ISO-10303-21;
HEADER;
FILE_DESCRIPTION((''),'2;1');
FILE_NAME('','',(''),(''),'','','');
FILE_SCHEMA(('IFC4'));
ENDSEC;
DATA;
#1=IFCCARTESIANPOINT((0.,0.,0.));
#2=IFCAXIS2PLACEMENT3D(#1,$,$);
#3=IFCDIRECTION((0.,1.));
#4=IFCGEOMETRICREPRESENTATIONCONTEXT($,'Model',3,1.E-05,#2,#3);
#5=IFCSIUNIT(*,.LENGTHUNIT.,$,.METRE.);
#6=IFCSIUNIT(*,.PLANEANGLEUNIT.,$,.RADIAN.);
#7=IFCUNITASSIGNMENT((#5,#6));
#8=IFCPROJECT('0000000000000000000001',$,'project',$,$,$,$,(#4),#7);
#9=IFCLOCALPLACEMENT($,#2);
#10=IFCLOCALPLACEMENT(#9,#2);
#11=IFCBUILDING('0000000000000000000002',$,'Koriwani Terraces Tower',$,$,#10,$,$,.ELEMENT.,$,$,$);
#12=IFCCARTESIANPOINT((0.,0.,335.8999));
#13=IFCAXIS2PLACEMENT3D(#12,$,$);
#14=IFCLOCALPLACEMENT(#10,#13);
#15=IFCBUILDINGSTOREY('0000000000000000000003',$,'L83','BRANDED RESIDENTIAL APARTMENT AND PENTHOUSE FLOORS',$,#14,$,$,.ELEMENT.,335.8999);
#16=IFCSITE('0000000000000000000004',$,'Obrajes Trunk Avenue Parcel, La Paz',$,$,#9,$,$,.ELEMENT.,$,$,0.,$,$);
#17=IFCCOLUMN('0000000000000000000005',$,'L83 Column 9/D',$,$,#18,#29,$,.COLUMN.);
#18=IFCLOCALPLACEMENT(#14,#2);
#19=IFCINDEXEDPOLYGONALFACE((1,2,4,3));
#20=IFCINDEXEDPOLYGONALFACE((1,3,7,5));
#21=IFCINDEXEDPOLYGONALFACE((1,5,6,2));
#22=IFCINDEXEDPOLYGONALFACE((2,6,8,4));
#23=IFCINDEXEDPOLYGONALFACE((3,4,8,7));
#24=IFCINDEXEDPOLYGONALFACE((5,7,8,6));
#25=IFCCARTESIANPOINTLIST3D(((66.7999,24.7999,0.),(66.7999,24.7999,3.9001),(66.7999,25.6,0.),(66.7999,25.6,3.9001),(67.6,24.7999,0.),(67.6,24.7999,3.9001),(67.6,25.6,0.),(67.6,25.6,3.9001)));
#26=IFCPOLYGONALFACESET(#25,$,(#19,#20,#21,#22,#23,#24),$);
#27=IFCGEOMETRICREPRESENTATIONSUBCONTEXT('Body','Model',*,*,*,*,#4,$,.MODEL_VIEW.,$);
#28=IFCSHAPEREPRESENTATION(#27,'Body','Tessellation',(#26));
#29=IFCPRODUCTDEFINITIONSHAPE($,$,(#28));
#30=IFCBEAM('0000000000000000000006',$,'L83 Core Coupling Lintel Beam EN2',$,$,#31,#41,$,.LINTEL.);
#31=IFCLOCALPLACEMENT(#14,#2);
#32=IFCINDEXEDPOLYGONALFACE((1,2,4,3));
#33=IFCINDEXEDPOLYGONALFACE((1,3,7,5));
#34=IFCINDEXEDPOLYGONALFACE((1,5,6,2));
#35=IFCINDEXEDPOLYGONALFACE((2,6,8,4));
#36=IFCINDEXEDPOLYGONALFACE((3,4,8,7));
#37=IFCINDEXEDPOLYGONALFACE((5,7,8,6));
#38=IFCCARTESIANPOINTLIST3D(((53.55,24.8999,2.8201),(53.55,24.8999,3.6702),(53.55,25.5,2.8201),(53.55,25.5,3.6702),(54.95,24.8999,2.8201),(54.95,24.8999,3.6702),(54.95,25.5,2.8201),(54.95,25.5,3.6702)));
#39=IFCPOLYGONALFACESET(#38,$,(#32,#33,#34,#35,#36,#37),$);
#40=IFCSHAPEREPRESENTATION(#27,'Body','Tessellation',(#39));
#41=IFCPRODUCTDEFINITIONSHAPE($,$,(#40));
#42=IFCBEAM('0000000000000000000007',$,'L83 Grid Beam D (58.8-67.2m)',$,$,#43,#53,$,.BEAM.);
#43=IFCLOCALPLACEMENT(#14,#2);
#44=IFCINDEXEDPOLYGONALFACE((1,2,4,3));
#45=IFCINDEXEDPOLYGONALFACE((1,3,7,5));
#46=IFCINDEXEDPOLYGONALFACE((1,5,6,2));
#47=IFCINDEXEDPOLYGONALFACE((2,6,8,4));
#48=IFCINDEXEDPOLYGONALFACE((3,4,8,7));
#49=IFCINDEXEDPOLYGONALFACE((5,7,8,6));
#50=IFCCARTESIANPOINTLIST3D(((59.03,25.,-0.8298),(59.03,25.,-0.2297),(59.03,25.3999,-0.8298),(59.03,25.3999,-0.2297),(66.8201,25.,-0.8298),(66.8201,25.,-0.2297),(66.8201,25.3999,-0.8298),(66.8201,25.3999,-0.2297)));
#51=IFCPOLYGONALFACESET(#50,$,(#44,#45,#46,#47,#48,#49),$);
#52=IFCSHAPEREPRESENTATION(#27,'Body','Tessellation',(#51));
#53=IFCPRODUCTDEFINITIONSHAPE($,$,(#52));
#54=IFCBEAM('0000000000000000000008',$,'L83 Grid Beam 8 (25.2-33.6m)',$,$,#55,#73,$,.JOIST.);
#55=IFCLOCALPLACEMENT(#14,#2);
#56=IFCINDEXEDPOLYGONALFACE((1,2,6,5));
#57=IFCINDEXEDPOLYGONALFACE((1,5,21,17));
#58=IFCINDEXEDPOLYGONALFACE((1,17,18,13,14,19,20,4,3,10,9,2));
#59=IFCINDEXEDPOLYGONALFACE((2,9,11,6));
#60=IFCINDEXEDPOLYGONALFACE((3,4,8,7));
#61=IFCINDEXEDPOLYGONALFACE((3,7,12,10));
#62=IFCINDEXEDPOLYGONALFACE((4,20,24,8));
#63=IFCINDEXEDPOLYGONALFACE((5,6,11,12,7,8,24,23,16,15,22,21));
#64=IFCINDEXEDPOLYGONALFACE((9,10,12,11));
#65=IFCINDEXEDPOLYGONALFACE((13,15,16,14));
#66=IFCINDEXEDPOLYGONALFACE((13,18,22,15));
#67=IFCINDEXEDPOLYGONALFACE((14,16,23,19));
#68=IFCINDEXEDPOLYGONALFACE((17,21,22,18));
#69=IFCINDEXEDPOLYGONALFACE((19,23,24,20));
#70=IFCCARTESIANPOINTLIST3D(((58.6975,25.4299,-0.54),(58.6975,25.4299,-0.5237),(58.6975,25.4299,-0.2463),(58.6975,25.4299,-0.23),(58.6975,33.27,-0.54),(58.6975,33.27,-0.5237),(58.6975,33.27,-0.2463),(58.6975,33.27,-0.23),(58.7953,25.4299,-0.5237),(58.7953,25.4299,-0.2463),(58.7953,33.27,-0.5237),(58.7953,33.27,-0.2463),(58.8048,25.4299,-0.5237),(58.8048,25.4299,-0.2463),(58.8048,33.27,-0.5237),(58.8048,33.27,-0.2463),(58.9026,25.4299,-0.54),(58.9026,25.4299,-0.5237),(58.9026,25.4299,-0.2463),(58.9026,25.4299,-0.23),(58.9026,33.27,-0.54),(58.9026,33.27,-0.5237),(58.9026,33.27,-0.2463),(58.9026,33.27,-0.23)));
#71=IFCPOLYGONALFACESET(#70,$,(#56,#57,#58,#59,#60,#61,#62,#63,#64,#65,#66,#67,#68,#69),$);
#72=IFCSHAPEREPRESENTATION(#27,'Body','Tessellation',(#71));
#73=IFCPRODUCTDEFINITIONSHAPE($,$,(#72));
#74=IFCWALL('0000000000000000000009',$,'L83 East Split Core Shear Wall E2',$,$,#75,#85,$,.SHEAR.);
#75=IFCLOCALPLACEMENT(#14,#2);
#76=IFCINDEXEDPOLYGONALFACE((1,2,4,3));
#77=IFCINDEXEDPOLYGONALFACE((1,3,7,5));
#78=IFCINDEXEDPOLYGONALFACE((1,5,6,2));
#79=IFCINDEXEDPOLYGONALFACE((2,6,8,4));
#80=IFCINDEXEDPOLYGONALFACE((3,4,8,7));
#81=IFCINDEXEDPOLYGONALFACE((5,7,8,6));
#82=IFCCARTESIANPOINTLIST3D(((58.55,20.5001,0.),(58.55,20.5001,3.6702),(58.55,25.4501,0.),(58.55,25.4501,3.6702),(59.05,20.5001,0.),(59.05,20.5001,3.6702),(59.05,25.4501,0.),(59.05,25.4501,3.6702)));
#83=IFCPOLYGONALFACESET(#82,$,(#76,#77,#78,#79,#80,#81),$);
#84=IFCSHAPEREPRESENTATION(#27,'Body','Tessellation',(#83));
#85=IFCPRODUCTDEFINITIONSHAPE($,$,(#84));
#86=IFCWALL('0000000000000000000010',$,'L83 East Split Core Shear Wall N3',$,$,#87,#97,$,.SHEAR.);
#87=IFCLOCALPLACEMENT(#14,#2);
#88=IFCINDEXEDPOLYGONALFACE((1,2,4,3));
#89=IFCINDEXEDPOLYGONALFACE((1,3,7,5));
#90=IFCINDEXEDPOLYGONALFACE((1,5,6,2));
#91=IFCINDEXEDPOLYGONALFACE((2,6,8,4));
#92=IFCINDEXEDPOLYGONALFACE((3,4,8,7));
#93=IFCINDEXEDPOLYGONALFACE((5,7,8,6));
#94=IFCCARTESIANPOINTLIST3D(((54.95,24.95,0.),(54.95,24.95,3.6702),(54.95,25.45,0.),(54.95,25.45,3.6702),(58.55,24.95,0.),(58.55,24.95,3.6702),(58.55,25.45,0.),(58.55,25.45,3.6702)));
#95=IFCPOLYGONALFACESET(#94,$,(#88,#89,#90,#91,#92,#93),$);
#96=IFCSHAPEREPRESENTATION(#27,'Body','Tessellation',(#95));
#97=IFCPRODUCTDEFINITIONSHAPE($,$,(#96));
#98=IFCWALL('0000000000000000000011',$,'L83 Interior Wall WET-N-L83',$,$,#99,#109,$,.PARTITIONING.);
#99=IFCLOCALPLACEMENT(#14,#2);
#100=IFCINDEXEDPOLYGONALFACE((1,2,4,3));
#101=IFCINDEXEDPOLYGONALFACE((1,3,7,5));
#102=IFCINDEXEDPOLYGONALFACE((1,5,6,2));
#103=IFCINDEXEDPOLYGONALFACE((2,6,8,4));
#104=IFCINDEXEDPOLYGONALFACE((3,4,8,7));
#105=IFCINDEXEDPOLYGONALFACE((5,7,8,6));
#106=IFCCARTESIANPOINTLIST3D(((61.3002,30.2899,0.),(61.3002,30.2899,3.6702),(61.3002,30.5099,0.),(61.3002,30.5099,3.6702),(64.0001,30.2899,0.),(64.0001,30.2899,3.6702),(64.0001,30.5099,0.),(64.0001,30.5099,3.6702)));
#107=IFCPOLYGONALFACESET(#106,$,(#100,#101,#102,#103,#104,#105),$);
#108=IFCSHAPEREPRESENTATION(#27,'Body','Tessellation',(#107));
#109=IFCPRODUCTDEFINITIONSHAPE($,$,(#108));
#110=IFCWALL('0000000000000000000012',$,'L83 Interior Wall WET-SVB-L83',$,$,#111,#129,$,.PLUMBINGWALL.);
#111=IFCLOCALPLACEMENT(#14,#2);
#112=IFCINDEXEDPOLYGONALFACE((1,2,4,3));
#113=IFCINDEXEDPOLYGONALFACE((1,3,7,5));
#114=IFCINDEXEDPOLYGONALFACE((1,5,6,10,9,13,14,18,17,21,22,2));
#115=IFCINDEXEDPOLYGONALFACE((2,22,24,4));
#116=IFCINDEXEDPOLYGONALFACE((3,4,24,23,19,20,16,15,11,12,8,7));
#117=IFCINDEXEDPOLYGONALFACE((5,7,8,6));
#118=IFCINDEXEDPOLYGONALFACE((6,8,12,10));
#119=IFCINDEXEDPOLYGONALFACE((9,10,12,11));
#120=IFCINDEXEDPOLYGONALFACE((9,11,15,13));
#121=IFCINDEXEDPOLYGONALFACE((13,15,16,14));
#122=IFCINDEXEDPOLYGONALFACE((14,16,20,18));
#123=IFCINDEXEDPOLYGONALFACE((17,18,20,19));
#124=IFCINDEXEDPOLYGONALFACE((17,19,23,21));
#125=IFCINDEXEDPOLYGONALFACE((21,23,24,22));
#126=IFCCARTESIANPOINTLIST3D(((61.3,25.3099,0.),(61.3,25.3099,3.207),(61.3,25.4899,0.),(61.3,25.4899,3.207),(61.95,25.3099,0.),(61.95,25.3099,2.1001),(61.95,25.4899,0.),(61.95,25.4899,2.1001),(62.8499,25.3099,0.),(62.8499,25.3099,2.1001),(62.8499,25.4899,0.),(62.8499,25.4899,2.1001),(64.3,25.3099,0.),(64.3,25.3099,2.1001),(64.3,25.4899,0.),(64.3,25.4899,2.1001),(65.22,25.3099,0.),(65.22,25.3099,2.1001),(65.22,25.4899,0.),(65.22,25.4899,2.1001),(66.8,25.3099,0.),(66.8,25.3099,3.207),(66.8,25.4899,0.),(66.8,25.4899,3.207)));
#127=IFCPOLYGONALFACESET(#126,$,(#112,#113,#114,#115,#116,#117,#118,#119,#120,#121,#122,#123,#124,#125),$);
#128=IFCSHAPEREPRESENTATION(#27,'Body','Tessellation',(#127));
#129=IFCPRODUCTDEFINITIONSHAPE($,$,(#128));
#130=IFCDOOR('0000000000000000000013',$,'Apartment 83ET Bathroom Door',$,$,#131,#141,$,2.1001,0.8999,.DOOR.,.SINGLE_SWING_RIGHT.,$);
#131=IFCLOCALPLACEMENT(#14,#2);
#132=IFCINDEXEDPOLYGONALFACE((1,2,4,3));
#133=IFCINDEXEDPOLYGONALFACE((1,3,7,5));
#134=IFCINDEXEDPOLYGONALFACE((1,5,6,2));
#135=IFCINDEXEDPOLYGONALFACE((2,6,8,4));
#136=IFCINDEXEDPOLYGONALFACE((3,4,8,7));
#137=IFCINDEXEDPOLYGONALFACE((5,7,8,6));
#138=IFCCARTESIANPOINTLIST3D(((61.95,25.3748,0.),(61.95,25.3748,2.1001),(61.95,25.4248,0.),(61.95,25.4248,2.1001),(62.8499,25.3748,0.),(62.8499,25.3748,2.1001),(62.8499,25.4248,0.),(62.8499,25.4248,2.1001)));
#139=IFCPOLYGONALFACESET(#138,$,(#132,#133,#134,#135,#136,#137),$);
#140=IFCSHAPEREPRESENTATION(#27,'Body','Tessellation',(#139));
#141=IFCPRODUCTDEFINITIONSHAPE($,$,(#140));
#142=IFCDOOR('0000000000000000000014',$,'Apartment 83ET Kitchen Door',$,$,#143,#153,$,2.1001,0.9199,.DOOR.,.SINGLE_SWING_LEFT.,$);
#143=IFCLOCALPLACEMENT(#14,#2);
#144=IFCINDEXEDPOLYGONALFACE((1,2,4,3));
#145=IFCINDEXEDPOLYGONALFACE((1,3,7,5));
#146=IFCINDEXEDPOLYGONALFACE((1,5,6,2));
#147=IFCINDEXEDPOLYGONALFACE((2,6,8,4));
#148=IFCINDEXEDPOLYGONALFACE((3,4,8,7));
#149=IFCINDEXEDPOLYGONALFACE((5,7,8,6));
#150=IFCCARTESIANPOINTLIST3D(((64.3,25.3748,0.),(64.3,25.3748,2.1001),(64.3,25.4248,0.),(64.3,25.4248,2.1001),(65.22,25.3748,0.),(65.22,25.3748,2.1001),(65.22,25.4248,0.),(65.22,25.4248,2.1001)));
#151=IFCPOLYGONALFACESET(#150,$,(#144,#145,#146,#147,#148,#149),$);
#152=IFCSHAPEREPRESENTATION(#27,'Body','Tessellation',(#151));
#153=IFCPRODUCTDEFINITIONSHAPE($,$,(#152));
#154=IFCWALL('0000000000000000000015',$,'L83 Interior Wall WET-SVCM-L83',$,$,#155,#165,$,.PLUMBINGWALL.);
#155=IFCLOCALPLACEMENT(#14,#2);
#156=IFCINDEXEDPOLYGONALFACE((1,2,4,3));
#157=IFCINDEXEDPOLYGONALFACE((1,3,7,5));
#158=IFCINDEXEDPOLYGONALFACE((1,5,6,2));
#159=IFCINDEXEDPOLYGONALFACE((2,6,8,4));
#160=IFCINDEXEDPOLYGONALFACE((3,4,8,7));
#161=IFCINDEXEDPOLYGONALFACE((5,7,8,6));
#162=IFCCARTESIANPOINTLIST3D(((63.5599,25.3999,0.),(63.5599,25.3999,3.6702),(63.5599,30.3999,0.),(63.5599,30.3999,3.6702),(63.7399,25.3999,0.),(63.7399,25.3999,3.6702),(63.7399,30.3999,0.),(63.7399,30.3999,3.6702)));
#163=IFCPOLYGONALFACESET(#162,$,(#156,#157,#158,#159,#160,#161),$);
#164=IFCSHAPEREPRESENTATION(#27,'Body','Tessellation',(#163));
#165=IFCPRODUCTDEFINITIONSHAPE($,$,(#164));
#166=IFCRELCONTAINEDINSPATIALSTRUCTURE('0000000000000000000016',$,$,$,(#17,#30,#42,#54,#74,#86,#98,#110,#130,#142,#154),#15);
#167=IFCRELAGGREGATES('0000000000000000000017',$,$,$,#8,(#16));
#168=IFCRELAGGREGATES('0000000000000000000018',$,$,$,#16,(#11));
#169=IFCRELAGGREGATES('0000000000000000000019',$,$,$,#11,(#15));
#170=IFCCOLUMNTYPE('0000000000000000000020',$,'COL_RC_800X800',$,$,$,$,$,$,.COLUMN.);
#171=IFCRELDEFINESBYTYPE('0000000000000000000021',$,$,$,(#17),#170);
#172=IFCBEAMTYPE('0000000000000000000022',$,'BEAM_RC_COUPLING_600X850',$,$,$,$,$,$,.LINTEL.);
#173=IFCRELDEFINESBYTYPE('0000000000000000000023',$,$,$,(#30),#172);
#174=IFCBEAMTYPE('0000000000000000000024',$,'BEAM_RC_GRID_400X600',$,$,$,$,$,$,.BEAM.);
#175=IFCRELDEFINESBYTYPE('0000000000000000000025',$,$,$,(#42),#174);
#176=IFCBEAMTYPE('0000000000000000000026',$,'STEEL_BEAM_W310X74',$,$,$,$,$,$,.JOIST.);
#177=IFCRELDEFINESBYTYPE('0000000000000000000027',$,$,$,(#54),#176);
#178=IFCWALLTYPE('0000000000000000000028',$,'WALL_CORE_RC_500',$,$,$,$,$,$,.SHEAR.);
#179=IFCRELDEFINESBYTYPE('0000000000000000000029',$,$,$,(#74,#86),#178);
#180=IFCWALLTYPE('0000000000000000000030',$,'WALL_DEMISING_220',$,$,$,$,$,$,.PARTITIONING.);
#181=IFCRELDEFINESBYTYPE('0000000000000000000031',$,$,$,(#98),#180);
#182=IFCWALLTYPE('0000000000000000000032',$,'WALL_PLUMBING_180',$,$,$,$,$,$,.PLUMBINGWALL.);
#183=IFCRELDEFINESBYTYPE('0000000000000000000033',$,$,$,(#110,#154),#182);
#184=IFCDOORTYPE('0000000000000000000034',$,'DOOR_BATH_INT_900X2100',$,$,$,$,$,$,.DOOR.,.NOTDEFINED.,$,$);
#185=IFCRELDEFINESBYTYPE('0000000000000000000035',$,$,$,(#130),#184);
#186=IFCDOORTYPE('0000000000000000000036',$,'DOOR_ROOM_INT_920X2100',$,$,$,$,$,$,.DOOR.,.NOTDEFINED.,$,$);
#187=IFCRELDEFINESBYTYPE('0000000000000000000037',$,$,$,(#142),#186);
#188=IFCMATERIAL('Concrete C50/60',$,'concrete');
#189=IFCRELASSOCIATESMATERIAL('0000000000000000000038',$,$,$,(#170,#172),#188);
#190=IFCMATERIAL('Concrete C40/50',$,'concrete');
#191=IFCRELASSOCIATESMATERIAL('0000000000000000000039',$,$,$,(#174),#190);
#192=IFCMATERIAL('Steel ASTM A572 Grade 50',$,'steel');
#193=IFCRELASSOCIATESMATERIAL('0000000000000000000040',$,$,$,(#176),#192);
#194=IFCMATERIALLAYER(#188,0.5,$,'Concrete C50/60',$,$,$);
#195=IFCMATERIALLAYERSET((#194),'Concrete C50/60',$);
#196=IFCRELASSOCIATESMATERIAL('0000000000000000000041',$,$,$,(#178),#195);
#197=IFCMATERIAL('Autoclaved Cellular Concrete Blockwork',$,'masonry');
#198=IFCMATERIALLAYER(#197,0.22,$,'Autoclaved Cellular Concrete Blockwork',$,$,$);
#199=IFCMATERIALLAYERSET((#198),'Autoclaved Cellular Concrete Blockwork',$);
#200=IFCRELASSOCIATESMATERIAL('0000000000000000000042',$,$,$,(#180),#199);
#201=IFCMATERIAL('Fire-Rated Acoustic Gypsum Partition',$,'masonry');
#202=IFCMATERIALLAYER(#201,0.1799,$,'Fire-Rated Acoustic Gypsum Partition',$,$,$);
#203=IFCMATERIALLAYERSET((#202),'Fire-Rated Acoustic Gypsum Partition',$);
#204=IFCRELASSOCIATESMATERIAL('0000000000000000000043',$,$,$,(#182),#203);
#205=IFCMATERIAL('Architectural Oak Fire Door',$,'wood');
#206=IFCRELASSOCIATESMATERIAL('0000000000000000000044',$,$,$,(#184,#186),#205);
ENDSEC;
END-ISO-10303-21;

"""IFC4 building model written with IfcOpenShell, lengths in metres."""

from ifc_helpers import new_model, si_unit, direction, frame, frame_2d, origin, origin_2d, place, context, subcontext, project, spatial, rectangle, i_section, extrude, material, layer, layer_set, material_profile, profile_set, type_object, element, fill, save


model = new_model("IFC4")

# Units and contexts
model_context = context("Model", 3, precision=1e-05, world=origin(), true_north=direction((0.0, 1.0)))
body_context = subcontext(model_context, "Body", "Model", "MODEL_VIEW")
ifc_project = project(units=[si_unit("LENGTHUNIT", "METRE"), si_unit("PLANEANGLEUNIT", "RADIAN")], contexts=[model_context])

# Site, building, storey
site_placement = place(None, origin())
site = spatial("IfcSite", under=ifc_project, at=site_placement, Name="Obrajes Trunk Avenue Parcel, La Paz", CompositionType="ELEMENT", RefElevation=0.0)
building_placement = place(site_placement, origin())
building = spatial("IfcBuilding", under=site, at=building_placement, Name="Koriwani Terraces Tower", CompositionType="ELEMENT")
storey_placement = place(building_placement, frame((0.0, 0.0, 335.8999)))
storey = spatial("IfcBuildingStorey", under=building, at=storey_placement, Name="L83", Description="BRANDED RESIDENTIAL APARTMENT AND PENTHOUSE FLOORS", CompositionType="ELEMENT", Elevation=335.8999)

# Column
ifc_material_1 = material(Name="Concrete C50/60", Category="concrete")
ifc_material_profile_1 = material_profile(ifc_material_1, rectangle(XDim=0.8, YDim=0.8, at=origin_2d()), Name="Concrete C50/60", Category="LoadBearing")
ifc_profile_set_1 = profile_set([ifc_material_profile_1], Name="Concrete C50/60")
column_type = type_object("IfcColumnType", Name="COL_RC_800X800", PredefinedType="COLUMN", material=ifc_profile_set_1)
column_placement = place(storey_placement, frame((67.2, 25.2, 0.0), z_axis=(0.0, 0.0, 1.0), x_axis=(1.0, 0.0, 0.0)))
element("IfcColumn", 1, at=column_placement, inside=storey, type_object=column_type, Name="L83 Column 9/D", PredefinedType="COLUMN", context=body_context, shape_type="SweptSolid", body=[
    extrude(rectangle(XDim=0.8, YDim=0.8, at=origin_2d()), origin(), (0.0, 0.0, 1.0), 3.9001),
])

# Beams
ifc_material_profile_2 = material_profile(ifc_material_1, rectangle(XDim=0.6001, YDim=0.8501, at=origin_2d()), Name="Concrete C50/60", Category="LoadBearing")
ifc_profile_set_2 = profile_set([ifc_material_profile_2], Name="Concrete C50/60")
beam_type_1 = type_object("IfcBeamType", Name="BEAM_RC_COUPLING_600X850", PredefinedType="LINTEL", material=ifc_profile_set_2)
beam_1_placement = place(storey_placement, frame((53.55, 25.2, 3.2451), z_axis=(1.0, 0.0, 0.0), x_axis=(0.0, 1.0, 0.0)))
element("IfcBeam", 2, at=beam_1_placement, inside=storey, type_object=beam_type_1, Name="L83 Core Coupling Lintel Beam EN2", PredefinedType="LINTEL", context=body_context, shape_type="SweptSolid", body=[
    extrude(rectangle(XDim=0.6001, YDim=0.8501, at=origin_2d()), origin(), (0.0, 0.0, 1.0), 1.3999),
])
ifc_material_2 = material(Name="Concrete C40/50", Category="concrete")
ifc_material_profile_3 = material_profile(ifc_material_2, rectangle(XDim=0.3999, YDim=0.6001, at=origin_2d()), Name="Concrete C40/50", Category="LoadBearing")
ifc_profile_set_3 = profile_set([ifc_material_profile_3], Name="Concrete C40/50")
beam_type_2 = type_object("IfcBeamType", Name="BEAM_RC_GRID_400X600", PredefinedType="BEAM", material=ifc_profile_set_3)
beam_2_placement = place(storey_placement, frame((59.03, 25.2, -0.5298), z_axis=(1.0, 0.0, 0.0), x_axis=(0.0, 1.0, 0.0)))
element("IfcBeam", 3, at=beam_2_placement, inside=storey, type_object=beam_type_2, Name="L83 Grid Beam D (58.8-67.2m)", PredefinedType="BEAM", context=body_context, shape_type="SweptSolid", body=[
    extrude(rectangle(XDim=0.3999, YDim=0.6001, at=origin_2d()), origin(), (0.0, 0.0, 1.0), 7.79),
])
ifc_material_3 = material(Name="Steel ASTM A572 Grade 50", Category="steel")
ifc_material_profile_4 = material_profile(ifc_material_3, i_section(OverallWidth=0.2051, OverallDepth=0.3101, WebThickness=0.0095, FlangeThickness=0.0164, at=origin_2d()), Name="Steel ASTM A572 Grade 50", Category="LoadBearing")
ifc_profile_set_4 = profile_set([ifc_material_profile_4], Name="Steel ASTM A572 Grade 50")
beam_type_3 = type_object("IfcBeamType", Name="STEEL_BEAM_W310X74", PredefinedType="JOIST", material=ifc_profile_set_4)
beam_3_placement = place(storey_placement, frame((58.8, 25.4299, -0.385), z_axis=(0.0, 1.0, 0.0), x_axis=(-1.0, 0.0, 0.0)))
element("IfcBeam", 4, at=beam_3_placement, inside=storey, type_object=beam_type_3, Name="L83 Grid Beam 8 (25.2-33.6m)", PredefinedType="JOIST", context=body_context, shape_type="SweptSolid", body=[
    extrude(i_section(OverallWidth=0.2051, OverallDepth=0.3101, WebThickness=0.0095, FlangeThickness=0.0164, at=origin_2d()), origin(), (0.0, 0.0, 1.0), 7.8401),
])

# Walls
ifc_layer_1 = layer(ifc_material_1, 0.5, Name="Concrete C50/60")
ifc_layer_set_1 = layer_set([ifc_layer_1], Name="Concrete C50/60")
wall_type_1 = type_object("IfcWallType", Name="WALL_CORE_RC_500", PredefinedType="SHEAR", material=ifc_layer_set_1)
wall_1_placement = place(storey_placement, frame((58.8, 20.5, 0.0), z_axis=(0.0, 0.0, 1.0), x_axis=(0.0, 1.0, 0.0)))
element("IfcWall", 5, at=wall_1_placement, inside=storey, type_object=wall_type_1, Name="L83 East Split Core Shear Wall E2", PredefinedType="SHEAR", context=body_context, shape_type="SweptSolid", body=[
    extrude(rectangle(XDim=4.95, YDim=0.5, at=frame_2d((2.4751, 0.0))), origin(), (0.0, 0.0, 1.0), 3.6702),
])
wall_2_placement = place(storey_placement, frame((54.95, 25.2, 0.0), z_axis=(0.0, 0.0, 1.0), x_axis=(1.0, 0.0, 0.0)))
element("IfcWall", 6, at=wall_2_placement, inside=storey, type_object=wall_type_1, Name="L83 East Split Core Shear Wall N3", PredefinedType="SHEAR", context=body_context, shape_type="SweptSolid", body=[
    extrude(rectangle(XDim=3.6001, YDim=0.5, at=frame_2d((1.8, 0.0))), origin(), (0.0, 0.0, 1.0), 3.6702),
])
ifc_material_4 = material(Name="Autoclaved Cellular Concrete Blockwork", Category="masonry")
ifc_layer_2 = layer(ifc_material_4, 0.22, Name="Autoclaved Cellular Concrete Blockwork")
ifc_layer_set_2 = layer_set([ifc_layer_2], Name="Autoclaved Cellular Concrete Blockwork")
wall_type_2 = type_object("IfcWallType", Name="WALL_DEMISING_220", PredefinedType="PARTITIONING", material=ifc_layer_set_2)
wall_3_placement = place(storey_placement, frame((61.3, 30.3999, 0.0), z_axis=(0.0, 0.0, 1.0), x_axis=(1.0, 0.0, 0.0)))
element("IfcWall", 7, at=wall_3_placement, inside=storey, type_object=wall_type_2, Name="L83 Interior Wall WET-N-L83", PredefinedType="PARTITIONING", context=body_context, shape_type="SweptSolid", body=[
    extrude(rectangle(XDim=2.7, YDim=0.22, at=frame_2d((1.3501, 0.0))), origin(), (0.0, 0.0, 1.0), 3.6702),
])

# Wall, openings, doors
ifc_material_5 = material(Name="Fire-Rated Acoustic Gypsum Partition", Category="masonry")
ifc_layer_3 = layer(ifc_material_5, 0.1799, Name="Fire-Rated Acoustic Gypsum Partition")
ifc_layer_set_3 = layer_set([ifc_layer_3], Name="Fire-Rated Acoustic Gypsum Partition")
wall_type_3 = type_object("IfcWallType", Name="WALL_PLUMBING_180", PredefinedType="PLUMBINGWALL", material=ifc_layer_set_3)
wall_4_placement = place(storey_placement, frame((61.3, 25.3999, 0.0), z_axis=(0.0, 0.0, 1.0), x_axis=(1.0, 0.0, 0.0)))
wall_4 = element("IfcWall", 8, at=wall_4_placement, inside=storey, type_object=wall_type_3, Name="L83 Interior Wall WET-SVB-L83", PredefinedType="PLUMBINGWALL", context=body_context, shape_type="SweptSolid", body=[
    extrude(rectangle(XDim=5.5, YDim=0.1799, at=frame_2d((2.75, 0.0))), origin(), (0.0, 0.0, 1.0), 3.207),
])
opening_1_placement = place(wall_4_placement, frame((0.6499, 0.0, 0.0)))
opening_1 = element("IfcOpeningElement", 9, at=opening_1_placement, cuts=wall_4, PredefinedType="OPENING", context=body_context, shape_type="SweptSolid", body=[
    extrude(rectangle(XDim=0.8999, YDim=2.1001, at=frame_2d((0.45, 1.05))), frame((0.0, 0.1001, 0.0), z_axis=(0.0, -1.0, 0.0), x_axis=(1.0, 0.0, 0.0)), (0.0, 0.0, 1.0), 0.2),
])
opening_2_placement = place(wall_4_placement, frame((3.0, 0.0, 0.0)))
opening_2 = element("IfcOpeningElement", 10, at=opening_2_placement, cuts=wall_4, PredefinedType="OPENING", context=body_context, shape_type="SweptSolid", body=[
    extrude(rectangle(XDim=0.9199, YDim=2.1001, at=frame_2d((0.46, 1.05))), frame((0.0, 0.1001, 0.0), z_axis=(0.0, -1.0, 0.0), x_axis=(1.0, 0.0, 0.0)), (0.0, 0.0, 1.0), 0.2),
])
ifc_material_6 = material(Name="Architectural Oak Fire Door", Category="wood")
door_type_1 = type_object("IfcDoorType", Name="DOOR_BATH_INT_900X2100", OperationType="NOTDEFINED", PredefinedType="DOOR", material=ifc_material_6)
door_1_placement = place(opening_1_placement, origin())
door_1 = element("IfcDoor", 11, at=door_1_placement, inside=storey, type_object=door_type_1, Name="Apartment 83ET Bathroom Door", OperationType="SINGLE_SWING_RIGHT", OverallHeight=2.1001, OverallWidth=0.8999, PredefinedType="DOOR", context=body_context, shape_type="SweptSolid", body=[
    extrude(rectangle(XDim=0.8999, YDim=2.1001, at=frame_2d((0.45, 1.05))), frame((0.0, 0.0249, 0.0), z_axis=(0.0, -1.0, 0.0), x_axis=(1.0, 0.0, 0.0)), (0.0, 0.0, 1.0), 0.05),
])
fill(opening_1, door_1)
door_type_2 = type_object("IfcDoorType", Name="DOOR_ROOM_INT_920X2100", OperationType="NOTDEFINED", PredefinedType="DOOR", material=ifc_material_6)
door_2_placement = place(opening_2_placement, origin())
door_2 = element("IfcDoor", 12, at=door_2_placement, inside=storey, type_object=door_type_2, Name="Apartment 83ET Kitchen Door", OperationType="SINGLE_SWING_LEFT", OverallHeight=2.1001, OverallWidth=0.9199, PredefinedType="DOOR", context=body_context, shape_type="SweptSolid", body=[
    extrude(rectangle(XDim=0.9199, YDim=2.1001, at=frame_2d((0.46, 1.05))), frame((0.0, 0.0249, 0.0), z_axis=(0.0, -1.0, 0.0), x_axis=(1.0, 0.0, 0.0)), (0.0, 0.0, 1.0), 0.05),
])
fill(opening_2, door_2)

# Wall
wall_5_placement = place(storey_placement, frame((63.6499, 25.3999, 0.0), z_axis=(0.0, 0.0, 1.0), x_axis=(0.0, 1.0, 0.0)))
element("IfcWall", 13, at=wall_5_placement, inside=storey, type_object=wall_type_3, Name="L83 Interior Wall WET-SVCM-L83", PredefinedType="PLUMBINGWALL", context=body_context, shape_type="SweptSolid", body=[
    extrude(rectangle(XDim=5.0, YDim=0.1799, at=frame_2d((2.5, 0.0))), origin(), (0.0, 0.0, 1.0), 3.6702),
])

save(model, "model.ifc")
